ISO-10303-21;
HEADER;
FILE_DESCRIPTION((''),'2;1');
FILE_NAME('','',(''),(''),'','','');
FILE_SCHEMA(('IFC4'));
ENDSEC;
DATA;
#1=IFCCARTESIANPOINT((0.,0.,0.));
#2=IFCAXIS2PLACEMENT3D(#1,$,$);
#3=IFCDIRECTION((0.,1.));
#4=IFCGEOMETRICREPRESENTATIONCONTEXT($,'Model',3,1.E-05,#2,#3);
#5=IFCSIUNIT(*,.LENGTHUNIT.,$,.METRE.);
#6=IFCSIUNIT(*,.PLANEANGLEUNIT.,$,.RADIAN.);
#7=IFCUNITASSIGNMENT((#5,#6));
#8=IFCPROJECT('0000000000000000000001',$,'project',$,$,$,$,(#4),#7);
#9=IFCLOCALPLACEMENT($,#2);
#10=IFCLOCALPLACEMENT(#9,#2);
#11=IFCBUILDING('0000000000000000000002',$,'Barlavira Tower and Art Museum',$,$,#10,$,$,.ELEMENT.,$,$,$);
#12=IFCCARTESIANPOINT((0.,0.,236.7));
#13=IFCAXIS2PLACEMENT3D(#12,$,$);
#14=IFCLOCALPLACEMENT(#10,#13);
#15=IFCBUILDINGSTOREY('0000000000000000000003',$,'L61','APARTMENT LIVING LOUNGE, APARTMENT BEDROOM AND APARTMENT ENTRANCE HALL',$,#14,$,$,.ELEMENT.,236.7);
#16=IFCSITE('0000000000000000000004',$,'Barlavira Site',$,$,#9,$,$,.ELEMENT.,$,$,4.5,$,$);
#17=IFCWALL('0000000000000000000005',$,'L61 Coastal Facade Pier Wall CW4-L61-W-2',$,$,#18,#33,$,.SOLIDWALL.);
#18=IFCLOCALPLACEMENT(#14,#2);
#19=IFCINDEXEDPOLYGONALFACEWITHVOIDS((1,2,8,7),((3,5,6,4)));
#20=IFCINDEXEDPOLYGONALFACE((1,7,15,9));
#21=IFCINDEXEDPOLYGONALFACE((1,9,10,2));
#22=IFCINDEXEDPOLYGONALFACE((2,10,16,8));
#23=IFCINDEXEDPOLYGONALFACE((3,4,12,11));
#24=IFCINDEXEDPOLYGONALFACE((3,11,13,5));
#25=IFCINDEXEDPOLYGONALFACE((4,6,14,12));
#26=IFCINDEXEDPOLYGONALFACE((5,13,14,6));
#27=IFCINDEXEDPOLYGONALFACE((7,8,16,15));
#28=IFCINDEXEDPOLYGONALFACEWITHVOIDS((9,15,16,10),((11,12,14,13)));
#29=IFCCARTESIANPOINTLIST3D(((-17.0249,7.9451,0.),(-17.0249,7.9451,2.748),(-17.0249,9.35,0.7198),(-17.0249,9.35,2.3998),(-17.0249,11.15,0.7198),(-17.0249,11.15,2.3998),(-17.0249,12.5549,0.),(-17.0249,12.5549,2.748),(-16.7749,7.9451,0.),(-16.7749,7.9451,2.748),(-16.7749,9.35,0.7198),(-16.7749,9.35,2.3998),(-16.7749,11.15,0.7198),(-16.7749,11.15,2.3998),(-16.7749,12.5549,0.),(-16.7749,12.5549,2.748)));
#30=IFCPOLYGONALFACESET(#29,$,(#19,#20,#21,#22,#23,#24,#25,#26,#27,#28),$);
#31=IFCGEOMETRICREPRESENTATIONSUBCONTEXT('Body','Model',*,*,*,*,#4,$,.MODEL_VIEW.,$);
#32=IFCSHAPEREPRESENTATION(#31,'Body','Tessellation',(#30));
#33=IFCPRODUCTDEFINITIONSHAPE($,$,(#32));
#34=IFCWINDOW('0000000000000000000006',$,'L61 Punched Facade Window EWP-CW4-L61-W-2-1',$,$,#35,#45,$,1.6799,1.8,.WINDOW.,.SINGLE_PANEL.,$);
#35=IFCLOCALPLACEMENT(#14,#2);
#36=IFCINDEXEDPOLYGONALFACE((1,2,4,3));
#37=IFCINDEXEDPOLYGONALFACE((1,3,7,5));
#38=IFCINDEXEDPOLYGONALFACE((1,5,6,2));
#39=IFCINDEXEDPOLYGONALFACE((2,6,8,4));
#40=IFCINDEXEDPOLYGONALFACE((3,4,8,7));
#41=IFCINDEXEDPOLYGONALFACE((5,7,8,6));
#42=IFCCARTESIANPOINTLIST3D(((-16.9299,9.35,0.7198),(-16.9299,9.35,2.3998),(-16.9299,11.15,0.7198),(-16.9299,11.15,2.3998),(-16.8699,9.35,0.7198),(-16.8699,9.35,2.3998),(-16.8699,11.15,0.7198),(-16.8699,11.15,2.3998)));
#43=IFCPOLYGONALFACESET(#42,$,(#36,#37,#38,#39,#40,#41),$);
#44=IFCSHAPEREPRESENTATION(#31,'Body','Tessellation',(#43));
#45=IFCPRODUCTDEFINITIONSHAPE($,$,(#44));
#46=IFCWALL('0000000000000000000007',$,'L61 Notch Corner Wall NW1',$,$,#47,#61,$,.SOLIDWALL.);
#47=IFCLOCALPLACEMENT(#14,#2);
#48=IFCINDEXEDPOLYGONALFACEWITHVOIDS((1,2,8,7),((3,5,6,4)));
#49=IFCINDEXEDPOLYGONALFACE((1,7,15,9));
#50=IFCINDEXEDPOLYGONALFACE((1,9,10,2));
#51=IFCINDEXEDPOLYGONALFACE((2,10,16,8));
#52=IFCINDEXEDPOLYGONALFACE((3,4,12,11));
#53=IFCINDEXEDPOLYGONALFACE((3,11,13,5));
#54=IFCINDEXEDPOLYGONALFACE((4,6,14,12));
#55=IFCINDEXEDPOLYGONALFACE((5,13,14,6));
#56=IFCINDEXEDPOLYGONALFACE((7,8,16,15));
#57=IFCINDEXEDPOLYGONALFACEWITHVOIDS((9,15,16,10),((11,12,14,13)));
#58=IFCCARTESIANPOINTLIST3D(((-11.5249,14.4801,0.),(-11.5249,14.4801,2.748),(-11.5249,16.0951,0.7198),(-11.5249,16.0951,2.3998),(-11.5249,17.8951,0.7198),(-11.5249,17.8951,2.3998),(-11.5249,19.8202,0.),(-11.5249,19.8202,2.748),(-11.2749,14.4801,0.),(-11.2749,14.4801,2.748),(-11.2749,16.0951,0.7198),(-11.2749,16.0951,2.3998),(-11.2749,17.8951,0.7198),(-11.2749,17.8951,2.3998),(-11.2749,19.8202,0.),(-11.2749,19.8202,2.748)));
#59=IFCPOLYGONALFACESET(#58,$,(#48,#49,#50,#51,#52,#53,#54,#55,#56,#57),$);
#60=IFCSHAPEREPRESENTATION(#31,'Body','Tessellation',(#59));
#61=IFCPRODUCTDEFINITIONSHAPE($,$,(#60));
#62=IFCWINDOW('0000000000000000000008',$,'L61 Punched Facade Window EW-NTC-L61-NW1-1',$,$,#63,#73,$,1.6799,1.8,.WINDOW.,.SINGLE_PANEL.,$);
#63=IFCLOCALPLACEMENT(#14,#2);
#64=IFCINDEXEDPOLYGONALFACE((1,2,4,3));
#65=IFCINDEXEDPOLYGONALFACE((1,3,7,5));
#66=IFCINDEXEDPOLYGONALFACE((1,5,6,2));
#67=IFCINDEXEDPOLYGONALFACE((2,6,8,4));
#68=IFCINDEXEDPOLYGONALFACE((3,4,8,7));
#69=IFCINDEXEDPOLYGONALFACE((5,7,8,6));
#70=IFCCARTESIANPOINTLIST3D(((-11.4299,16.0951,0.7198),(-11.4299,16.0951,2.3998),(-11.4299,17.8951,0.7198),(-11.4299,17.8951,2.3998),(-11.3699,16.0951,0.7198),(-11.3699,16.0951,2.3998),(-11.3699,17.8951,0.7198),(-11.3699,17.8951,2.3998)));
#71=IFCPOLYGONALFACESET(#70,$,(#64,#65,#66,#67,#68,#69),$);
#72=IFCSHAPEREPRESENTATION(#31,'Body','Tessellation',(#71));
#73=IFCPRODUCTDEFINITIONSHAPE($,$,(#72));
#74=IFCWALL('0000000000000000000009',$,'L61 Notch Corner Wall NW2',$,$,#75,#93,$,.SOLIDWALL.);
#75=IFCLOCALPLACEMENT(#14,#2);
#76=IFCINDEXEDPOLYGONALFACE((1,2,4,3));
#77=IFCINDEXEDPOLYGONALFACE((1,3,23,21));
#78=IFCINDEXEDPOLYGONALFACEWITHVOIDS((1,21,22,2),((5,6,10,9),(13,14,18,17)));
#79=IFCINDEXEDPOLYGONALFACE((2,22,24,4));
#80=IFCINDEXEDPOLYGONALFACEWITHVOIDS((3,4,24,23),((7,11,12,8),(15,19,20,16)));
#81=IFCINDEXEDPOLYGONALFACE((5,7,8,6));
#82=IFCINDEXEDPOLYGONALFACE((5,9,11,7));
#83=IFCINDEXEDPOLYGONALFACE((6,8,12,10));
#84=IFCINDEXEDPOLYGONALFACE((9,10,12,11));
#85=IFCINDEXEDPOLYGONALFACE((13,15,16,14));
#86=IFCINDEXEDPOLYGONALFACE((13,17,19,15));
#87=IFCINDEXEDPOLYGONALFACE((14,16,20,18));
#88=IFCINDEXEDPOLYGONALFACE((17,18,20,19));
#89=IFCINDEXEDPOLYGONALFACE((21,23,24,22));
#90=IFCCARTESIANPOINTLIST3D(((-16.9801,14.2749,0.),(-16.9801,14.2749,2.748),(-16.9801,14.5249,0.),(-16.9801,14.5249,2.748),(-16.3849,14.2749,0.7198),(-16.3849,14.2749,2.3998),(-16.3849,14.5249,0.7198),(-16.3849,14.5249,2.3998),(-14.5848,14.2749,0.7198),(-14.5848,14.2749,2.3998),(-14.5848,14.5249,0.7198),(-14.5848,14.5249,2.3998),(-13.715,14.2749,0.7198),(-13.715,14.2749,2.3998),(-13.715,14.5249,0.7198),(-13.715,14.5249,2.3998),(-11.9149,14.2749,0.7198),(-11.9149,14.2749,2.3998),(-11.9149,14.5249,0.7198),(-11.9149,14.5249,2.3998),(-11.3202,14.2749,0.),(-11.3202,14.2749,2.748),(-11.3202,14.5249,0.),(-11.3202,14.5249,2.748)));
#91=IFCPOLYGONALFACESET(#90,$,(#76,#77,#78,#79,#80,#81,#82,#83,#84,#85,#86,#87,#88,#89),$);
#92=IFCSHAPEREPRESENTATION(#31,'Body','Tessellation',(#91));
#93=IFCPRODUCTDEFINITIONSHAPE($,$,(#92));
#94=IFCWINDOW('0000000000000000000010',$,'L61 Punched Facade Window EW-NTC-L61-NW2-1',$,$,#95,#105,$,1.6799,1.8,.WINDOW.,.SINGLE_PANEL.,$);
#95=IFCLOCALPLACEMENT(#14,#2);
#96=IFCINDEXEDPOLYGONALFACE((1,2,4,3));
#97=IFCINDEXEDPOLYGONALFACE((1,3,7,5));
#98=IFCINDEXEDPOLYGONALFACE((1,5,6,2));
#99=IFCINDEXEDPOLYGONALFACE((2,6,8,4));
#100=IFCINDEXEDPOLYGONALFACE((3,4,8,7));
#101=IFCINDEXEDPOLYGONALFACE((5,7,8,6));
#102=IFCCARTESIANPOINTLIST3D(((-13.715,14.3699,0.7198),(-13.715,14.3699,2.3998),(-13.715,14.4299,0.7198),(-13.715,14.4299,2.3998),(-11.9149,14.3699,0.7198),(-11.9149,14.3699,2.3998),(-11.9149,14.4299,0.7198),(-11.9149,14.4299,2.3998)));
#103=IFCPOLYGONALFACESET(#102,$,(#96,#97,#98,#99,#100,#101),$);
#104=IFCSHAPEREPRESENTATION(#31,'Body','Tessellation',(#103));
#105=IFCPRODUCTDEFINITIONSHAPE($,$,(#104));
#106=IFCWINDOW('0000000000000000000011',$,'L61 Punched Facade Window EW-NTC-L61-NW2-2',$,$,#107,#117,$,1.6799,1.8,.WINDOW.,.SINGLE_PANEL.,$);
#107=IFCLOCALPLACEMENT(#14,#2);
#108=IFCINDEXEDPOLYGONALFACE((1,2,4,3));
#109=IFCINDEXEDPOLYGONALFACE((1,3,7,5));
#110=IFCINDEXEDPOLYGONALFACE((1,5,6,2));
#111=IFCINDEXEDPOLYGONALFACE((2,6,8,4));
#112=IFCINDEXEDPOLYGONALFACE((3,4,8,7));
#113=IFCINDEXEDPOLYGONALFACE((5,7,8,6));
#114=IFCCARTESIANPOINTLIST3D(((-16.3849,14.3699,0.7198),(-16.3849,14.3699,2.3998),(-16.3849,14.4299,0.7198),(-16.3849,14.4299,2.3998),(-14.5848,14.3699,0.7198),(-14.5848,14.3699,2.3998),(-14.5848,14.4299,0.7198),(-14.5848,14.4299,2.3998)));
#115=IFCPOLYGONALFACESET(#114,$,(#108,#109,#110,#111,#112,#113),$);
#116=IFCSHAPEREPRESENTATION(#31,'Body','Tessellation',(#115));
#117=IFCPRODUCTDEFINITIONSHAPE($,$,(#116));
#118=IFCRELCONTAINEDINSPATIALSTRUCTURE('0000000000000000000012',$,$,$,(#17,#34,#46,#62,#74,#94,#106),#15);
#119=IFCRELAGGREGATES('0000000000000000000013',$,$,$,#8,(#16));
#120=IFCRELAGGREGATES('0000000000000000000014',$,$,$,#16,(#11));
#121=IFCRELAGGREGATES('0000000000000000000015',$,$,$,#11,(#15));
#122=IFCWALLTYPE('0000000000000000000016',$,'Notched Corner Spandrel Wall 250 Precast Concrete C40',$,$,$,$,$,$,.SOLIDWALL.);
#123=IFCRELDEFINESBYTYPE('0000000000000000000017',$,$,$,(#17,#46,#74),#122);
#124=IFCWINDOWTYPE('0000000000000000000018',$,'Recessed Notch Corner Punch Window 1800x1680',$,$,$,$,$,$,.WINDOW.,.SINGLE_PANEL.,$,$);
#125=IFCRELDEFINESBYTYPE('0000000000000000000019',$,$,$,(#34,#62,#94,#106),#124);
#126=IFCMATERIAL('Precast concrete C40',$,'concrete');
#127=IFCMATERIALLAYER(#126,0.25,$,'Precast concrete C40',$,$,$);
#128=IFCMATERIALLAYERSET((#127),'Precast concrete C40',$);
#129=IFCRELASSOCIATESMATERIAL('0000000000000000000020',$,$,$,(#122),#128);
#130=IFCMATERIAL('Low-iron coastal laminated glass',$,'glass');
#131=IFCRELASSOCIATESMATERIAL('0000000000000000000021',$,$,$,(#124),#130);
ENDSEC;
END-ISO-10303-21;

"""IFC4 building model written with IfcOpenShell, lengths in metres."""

from ifc_helpers import new_model, si_unit, direction, frame, frame_2d, origin, place, context, subcontext, project, spatial, rectangle, extrude, material, layer, layer_set, type_object, element, fill, save


model = new_model("IFC4")

# Units and contexts
model_context = context("Model", 3, precision=1e-05, world=origin(), true_north=direction((0.0, 1.0)))
body_context = subcontext(model_context, "Body", "Model", "MODEL_VIEW")
ifc_project = project(units=[si_unit("LENGTHUNIT", "METRE"), si_unit("PLANEANGLEUNIT", "RADIAN")], contexts=[model_context])

# Site, building, storey
site_placement = place(None, origin())
site = spatial("IfcSite", under=ifc_project, at=site_placement, Name="Barlavira Site", CompositionType="ELEMENT", RefElevation=4.5)
building_placement = place(site_placement, origin())
building = spatial("IfcBuilding", under=site, at=building_placement, Name="Barlavira Tower and Art Museum", CompositionType="ELEMENT")
storey_placement = place(building_placement, frame((0.0, 0.0, 236.7)))
storey = spatial("IfcBuildingStorey", under=building, at=storey_placement, Name="L61", Description="APARTMENT LIVING LOUNGE, APARTMENT BEDROOM AND APARTMENT ENTRANCE HALL", CompositionType="ELEMENT", Elevation=236.7)

# Shared definitions
ifc_material_1 = material(Name="Precast concrete C40", Category="concrete")
ifc_layer_1 = layer(ifc_material_1, 0.25, Name="Precast concrete C40")
ifc_layer_set_1 = layer_set([ifc_layer_1], Name="Precast concrete C40")
wall_type_1 = type_object("IfcWallType", Name="Notched Corner Spandrel Wall 250 Precast Concrete C40", PredefinedType="SOLIDWALL", material=ifc_layer_set_1)
ifc_material_2 = material(Name="Low-iron coastal laminated glass", Category="glass")
window_type = type_object("IfcWindowType", Name="Recessed Notch Corner Punch Window 1800x1680", PartitioningType="SINGLE_PANEL", PredefinedType="WINDOW", material=ifc_material_2)

# Walls, openings, windows
wall_1_placement = place(storey_placement, frame((-16.8999, 12.5549, 0.0), z_axis=(0.0, 0.0, 1.0), x_axis=(0.0, -1.0, 0.0)))
wall_1 = element("IfcWall", 1, at=wall_1_placement, inside=storey, type_object=wall_type_1, Name="L61 Coastal Facade Pier Wall CW4-L61-W-2", PredefinedType="SOLIDWALL", context=body_context, shape_type="SweptSolid", body=[
    extrude(rectangle(XDim=4.6099, YDim=0.25, at=frame_2d((2.3049, 0.0))), origin(), (0.0, 0.0, 1.0), 2.748),
])
opening_1_placement = place(wall_1_placement, frame((1.405, 0.0, 0.72)))
opening_1 = element("IfcOpeningElement", 2, at=opening_1_placement, cuts=wall_1, PredefinedType="OPENING", context=body_context, shape_type="SweptSolid", body=[
    extrude(rectangle(XDim=1.8, YDim=1.6799, at=frame_2d((0.8999, 0.8398))), frame((0.0, 0.135, 0.0), z_axis=(0.0, -1.0, 0.0), x_axis=(1.0, 0.0, 0.0)), (0.0, 0.0, 1.0), 0.27),
])
window_1_placement = place(opening_1_placement, origin())
window_1 = element("IfcWindow", 3, at=window_1_placement, inside=storey, type_object=window_type, Name="L61 Punched Facade Window EWP-CW4-L61-W-2-1", OverallHeight=1.6799, OverallWidth=1.8, PartitioningType="SINGLE_PANEL", PredefinedType="WINDOW", context=body_context, shape_type="SweptSolid", body=[
    extrude(rectangle(XDim=1.8, YDim=1.6799, at=frame_2d((0.8999, 0.8398))), frame((0.0, 0.03, 0.0), z_axis=(0.0, -1.0, 0.0), x_axis=(1.0, 0.0, 0.0)), (0.0, 0.0, 1.0), 0.0601),
])
fill(opening_1, window_1)
wall_2_placement = place(storey_placement, frame((-11.3999, 19.8201, 0.0), z_axis=(0.0, 0.0, 1.0), x_axis=(0.0, -1.0, 0.0)))
wall_2 = element("IfcWall", 4, at=wall_2_placement, inside=storey, type_object=wall_type_1, Name="L61 Notch Corner Wall NW1", PredefinedType="SOLIDWALL", context=body_context, shape_type="SweptSolid", body=[
    extrude(rectangle(XDim=5.3401, YDim=0.25, at=frame_2d((2.6699, 0.0))), origin(), (0.0, 0.0, 1.0), 2.748),
])
opening_2_placement = place(wall_2_placement, frame((1.925, 0.0, 0.72)))
opening_2 = element("IfcOpeningElement", 5, at=opening_2_placement, cuts=wall_2, PredefinedType="OPENING", context=body_context, shape_type="SweptSolid", body=[
    extrude(rectangle(XDim=1.8, YDim=1.6799, at=frame_2d((0.8999, 0.8398))), frame((0.0, 0.135, 0.0), z_axis=(0.0, -1.0, 0.0), x_axis=(1.0, 0.0, 0.0)), (0.0, 0.0, 1.0), 0.27),
])
window_2_placement = place(opening_2_placement, origin())
window_2 = element("IfcWindow", 6, at=window_2_placement, inside=storey, type_object=window_type, Name="L61 Punched Facade Window EW-NTC-L61-NW1-1", OverallHeight=1.6799, OverallWidth=1.8, PartitioningType="SINGLE_PANEL", PredefinedType="WINDOW", context=body_context, shape_type="SweptSolid", body=[
    extrude(rectangle(XDim=1.8, YDim=1.6799, at=frame_2d((0.8999, 0.8398))), frame((0.0, 0.03, 0.0), z_axis=(0.0, -1.0, 0.0), x_axis=(1.0, 0.0, 0.0)), (0.0, 0.0, 1.0), 0.0601),
])
fill(opening_2, window_2)

# Wall, openings, windows
wall_3_placement = place(storey_placement, frame((-11.3201, 14.3999, 0.0), z_axis=(0.0, 0.0, 1.0), x_axis=(-1.0, 0.0, 0.0)))
wall_3 = element("IfcWall", 7, at=wall_3_placement, inside=storey, type_object=wall_type_1, Name="L61 Notch Corner Wall NW2", PredefinedType="SOLIDWALL", context=body_context, shape_type="SweptSolid", body=[
    extrude(rectangle(XDim=5.6599, YDim=0.25, at=frame_2d((2.8301, 0.0))), origin(), (0.0, 0.0, 1.0), 2.748),
])
opening_3_placement = place(wall_3_placement, frame((0.595, 0.0, 0.72)))
opening_3 = element("IfcOpeningElement", 8, at=opening_3_placement, cuts=wall_3, PredefinedType="OPENING", context=body_context, shape_type="SweptSolid", body=[
    extrude(rectangle(XDim=1.8, YDim=1.6799, at=frame_2d((0.8999, 0.8398))), frame((0.0, 0.135, 0.0), z_axis=(0.0, -1.0, 0.0), x_axis=(1.0, 0.0, 0.0)), (0.0, 0.0, 1.0), 0.27),
])
opening_4_placement = place(wall_3_placement, frame((3.2649, 0.0, 0.72)))
opening_4 = element("IfcOpeningElement", 9, at=opening_4_placement, cuts=wall_3, PredefinedType="OPENING", context=body_context, shape_type="SweptSolid", body=[
    extrude(rectangle(XDim=1.8, YDim=1.6799, at=frame_2d((0.8999, 0.8398))), frame((0.0, 0.135, 0.0), z_axis=(0.0, -1.0, 0.0), x_axis=(1.0, 0.0, 0.0)), (0.0, 0.0, 1.0), 0.27),
])
window_3_placement = place(opening_3_placement, origin())
window_3 = element("IfcWindow", 10, at=window_3_placement, inside=storey, type_object=window_type, Name="L61 Punched Facade Window EW-NTC-L61-NW2-1", OverallHeight=1.6799, OverallWidth=1.8, PartitioningType="SINGLE_PANEL", PredefinedType="WINDOW", context=body_context, shape_type="SweptSolid", body=[
    extrude(rectangle(XDim=1.8, YDim=1.6799, at=frame_2d((0.8999, 0.8398))), frame((0.0, 0.03, 0.0), z_axis=(0.0, -1.0, 0.0), x_axis=(1.0, 0.0, 0.0)), (0.0, 0.0, 1.0), 0.0601),
])
fill(opening_3, window_3)
window_4_placement = place(opening_4_placement, origin())
window_4 = element("IfcWindow", 11, at=window_4_placement, inside=storey, type_object=window_type, Name="L61 Punched Facade Window EW-NTC-L61-NW2-2", OverallHeight=1.6799, OverallWidth=1.8, PartitioningType="SINGLE_PANEL", PredefinedType="WINDOW", context=body_context, shape_type="SweptSolid", body=[
    extrude(rectangle(XDim=1.8, YDim=1.6799, at=frame_2d((0.8999, 0.8398))), frame((0.0, 0.03, 0.0), z_axis=(0.0, -1.0, 0.0), x_axis=(1.0, 0.0, 0.0)), (0.0, 0.0, 1.0), 0.0601),
])
fill(opening_4, window_4)

save(model, "model.ifc")
